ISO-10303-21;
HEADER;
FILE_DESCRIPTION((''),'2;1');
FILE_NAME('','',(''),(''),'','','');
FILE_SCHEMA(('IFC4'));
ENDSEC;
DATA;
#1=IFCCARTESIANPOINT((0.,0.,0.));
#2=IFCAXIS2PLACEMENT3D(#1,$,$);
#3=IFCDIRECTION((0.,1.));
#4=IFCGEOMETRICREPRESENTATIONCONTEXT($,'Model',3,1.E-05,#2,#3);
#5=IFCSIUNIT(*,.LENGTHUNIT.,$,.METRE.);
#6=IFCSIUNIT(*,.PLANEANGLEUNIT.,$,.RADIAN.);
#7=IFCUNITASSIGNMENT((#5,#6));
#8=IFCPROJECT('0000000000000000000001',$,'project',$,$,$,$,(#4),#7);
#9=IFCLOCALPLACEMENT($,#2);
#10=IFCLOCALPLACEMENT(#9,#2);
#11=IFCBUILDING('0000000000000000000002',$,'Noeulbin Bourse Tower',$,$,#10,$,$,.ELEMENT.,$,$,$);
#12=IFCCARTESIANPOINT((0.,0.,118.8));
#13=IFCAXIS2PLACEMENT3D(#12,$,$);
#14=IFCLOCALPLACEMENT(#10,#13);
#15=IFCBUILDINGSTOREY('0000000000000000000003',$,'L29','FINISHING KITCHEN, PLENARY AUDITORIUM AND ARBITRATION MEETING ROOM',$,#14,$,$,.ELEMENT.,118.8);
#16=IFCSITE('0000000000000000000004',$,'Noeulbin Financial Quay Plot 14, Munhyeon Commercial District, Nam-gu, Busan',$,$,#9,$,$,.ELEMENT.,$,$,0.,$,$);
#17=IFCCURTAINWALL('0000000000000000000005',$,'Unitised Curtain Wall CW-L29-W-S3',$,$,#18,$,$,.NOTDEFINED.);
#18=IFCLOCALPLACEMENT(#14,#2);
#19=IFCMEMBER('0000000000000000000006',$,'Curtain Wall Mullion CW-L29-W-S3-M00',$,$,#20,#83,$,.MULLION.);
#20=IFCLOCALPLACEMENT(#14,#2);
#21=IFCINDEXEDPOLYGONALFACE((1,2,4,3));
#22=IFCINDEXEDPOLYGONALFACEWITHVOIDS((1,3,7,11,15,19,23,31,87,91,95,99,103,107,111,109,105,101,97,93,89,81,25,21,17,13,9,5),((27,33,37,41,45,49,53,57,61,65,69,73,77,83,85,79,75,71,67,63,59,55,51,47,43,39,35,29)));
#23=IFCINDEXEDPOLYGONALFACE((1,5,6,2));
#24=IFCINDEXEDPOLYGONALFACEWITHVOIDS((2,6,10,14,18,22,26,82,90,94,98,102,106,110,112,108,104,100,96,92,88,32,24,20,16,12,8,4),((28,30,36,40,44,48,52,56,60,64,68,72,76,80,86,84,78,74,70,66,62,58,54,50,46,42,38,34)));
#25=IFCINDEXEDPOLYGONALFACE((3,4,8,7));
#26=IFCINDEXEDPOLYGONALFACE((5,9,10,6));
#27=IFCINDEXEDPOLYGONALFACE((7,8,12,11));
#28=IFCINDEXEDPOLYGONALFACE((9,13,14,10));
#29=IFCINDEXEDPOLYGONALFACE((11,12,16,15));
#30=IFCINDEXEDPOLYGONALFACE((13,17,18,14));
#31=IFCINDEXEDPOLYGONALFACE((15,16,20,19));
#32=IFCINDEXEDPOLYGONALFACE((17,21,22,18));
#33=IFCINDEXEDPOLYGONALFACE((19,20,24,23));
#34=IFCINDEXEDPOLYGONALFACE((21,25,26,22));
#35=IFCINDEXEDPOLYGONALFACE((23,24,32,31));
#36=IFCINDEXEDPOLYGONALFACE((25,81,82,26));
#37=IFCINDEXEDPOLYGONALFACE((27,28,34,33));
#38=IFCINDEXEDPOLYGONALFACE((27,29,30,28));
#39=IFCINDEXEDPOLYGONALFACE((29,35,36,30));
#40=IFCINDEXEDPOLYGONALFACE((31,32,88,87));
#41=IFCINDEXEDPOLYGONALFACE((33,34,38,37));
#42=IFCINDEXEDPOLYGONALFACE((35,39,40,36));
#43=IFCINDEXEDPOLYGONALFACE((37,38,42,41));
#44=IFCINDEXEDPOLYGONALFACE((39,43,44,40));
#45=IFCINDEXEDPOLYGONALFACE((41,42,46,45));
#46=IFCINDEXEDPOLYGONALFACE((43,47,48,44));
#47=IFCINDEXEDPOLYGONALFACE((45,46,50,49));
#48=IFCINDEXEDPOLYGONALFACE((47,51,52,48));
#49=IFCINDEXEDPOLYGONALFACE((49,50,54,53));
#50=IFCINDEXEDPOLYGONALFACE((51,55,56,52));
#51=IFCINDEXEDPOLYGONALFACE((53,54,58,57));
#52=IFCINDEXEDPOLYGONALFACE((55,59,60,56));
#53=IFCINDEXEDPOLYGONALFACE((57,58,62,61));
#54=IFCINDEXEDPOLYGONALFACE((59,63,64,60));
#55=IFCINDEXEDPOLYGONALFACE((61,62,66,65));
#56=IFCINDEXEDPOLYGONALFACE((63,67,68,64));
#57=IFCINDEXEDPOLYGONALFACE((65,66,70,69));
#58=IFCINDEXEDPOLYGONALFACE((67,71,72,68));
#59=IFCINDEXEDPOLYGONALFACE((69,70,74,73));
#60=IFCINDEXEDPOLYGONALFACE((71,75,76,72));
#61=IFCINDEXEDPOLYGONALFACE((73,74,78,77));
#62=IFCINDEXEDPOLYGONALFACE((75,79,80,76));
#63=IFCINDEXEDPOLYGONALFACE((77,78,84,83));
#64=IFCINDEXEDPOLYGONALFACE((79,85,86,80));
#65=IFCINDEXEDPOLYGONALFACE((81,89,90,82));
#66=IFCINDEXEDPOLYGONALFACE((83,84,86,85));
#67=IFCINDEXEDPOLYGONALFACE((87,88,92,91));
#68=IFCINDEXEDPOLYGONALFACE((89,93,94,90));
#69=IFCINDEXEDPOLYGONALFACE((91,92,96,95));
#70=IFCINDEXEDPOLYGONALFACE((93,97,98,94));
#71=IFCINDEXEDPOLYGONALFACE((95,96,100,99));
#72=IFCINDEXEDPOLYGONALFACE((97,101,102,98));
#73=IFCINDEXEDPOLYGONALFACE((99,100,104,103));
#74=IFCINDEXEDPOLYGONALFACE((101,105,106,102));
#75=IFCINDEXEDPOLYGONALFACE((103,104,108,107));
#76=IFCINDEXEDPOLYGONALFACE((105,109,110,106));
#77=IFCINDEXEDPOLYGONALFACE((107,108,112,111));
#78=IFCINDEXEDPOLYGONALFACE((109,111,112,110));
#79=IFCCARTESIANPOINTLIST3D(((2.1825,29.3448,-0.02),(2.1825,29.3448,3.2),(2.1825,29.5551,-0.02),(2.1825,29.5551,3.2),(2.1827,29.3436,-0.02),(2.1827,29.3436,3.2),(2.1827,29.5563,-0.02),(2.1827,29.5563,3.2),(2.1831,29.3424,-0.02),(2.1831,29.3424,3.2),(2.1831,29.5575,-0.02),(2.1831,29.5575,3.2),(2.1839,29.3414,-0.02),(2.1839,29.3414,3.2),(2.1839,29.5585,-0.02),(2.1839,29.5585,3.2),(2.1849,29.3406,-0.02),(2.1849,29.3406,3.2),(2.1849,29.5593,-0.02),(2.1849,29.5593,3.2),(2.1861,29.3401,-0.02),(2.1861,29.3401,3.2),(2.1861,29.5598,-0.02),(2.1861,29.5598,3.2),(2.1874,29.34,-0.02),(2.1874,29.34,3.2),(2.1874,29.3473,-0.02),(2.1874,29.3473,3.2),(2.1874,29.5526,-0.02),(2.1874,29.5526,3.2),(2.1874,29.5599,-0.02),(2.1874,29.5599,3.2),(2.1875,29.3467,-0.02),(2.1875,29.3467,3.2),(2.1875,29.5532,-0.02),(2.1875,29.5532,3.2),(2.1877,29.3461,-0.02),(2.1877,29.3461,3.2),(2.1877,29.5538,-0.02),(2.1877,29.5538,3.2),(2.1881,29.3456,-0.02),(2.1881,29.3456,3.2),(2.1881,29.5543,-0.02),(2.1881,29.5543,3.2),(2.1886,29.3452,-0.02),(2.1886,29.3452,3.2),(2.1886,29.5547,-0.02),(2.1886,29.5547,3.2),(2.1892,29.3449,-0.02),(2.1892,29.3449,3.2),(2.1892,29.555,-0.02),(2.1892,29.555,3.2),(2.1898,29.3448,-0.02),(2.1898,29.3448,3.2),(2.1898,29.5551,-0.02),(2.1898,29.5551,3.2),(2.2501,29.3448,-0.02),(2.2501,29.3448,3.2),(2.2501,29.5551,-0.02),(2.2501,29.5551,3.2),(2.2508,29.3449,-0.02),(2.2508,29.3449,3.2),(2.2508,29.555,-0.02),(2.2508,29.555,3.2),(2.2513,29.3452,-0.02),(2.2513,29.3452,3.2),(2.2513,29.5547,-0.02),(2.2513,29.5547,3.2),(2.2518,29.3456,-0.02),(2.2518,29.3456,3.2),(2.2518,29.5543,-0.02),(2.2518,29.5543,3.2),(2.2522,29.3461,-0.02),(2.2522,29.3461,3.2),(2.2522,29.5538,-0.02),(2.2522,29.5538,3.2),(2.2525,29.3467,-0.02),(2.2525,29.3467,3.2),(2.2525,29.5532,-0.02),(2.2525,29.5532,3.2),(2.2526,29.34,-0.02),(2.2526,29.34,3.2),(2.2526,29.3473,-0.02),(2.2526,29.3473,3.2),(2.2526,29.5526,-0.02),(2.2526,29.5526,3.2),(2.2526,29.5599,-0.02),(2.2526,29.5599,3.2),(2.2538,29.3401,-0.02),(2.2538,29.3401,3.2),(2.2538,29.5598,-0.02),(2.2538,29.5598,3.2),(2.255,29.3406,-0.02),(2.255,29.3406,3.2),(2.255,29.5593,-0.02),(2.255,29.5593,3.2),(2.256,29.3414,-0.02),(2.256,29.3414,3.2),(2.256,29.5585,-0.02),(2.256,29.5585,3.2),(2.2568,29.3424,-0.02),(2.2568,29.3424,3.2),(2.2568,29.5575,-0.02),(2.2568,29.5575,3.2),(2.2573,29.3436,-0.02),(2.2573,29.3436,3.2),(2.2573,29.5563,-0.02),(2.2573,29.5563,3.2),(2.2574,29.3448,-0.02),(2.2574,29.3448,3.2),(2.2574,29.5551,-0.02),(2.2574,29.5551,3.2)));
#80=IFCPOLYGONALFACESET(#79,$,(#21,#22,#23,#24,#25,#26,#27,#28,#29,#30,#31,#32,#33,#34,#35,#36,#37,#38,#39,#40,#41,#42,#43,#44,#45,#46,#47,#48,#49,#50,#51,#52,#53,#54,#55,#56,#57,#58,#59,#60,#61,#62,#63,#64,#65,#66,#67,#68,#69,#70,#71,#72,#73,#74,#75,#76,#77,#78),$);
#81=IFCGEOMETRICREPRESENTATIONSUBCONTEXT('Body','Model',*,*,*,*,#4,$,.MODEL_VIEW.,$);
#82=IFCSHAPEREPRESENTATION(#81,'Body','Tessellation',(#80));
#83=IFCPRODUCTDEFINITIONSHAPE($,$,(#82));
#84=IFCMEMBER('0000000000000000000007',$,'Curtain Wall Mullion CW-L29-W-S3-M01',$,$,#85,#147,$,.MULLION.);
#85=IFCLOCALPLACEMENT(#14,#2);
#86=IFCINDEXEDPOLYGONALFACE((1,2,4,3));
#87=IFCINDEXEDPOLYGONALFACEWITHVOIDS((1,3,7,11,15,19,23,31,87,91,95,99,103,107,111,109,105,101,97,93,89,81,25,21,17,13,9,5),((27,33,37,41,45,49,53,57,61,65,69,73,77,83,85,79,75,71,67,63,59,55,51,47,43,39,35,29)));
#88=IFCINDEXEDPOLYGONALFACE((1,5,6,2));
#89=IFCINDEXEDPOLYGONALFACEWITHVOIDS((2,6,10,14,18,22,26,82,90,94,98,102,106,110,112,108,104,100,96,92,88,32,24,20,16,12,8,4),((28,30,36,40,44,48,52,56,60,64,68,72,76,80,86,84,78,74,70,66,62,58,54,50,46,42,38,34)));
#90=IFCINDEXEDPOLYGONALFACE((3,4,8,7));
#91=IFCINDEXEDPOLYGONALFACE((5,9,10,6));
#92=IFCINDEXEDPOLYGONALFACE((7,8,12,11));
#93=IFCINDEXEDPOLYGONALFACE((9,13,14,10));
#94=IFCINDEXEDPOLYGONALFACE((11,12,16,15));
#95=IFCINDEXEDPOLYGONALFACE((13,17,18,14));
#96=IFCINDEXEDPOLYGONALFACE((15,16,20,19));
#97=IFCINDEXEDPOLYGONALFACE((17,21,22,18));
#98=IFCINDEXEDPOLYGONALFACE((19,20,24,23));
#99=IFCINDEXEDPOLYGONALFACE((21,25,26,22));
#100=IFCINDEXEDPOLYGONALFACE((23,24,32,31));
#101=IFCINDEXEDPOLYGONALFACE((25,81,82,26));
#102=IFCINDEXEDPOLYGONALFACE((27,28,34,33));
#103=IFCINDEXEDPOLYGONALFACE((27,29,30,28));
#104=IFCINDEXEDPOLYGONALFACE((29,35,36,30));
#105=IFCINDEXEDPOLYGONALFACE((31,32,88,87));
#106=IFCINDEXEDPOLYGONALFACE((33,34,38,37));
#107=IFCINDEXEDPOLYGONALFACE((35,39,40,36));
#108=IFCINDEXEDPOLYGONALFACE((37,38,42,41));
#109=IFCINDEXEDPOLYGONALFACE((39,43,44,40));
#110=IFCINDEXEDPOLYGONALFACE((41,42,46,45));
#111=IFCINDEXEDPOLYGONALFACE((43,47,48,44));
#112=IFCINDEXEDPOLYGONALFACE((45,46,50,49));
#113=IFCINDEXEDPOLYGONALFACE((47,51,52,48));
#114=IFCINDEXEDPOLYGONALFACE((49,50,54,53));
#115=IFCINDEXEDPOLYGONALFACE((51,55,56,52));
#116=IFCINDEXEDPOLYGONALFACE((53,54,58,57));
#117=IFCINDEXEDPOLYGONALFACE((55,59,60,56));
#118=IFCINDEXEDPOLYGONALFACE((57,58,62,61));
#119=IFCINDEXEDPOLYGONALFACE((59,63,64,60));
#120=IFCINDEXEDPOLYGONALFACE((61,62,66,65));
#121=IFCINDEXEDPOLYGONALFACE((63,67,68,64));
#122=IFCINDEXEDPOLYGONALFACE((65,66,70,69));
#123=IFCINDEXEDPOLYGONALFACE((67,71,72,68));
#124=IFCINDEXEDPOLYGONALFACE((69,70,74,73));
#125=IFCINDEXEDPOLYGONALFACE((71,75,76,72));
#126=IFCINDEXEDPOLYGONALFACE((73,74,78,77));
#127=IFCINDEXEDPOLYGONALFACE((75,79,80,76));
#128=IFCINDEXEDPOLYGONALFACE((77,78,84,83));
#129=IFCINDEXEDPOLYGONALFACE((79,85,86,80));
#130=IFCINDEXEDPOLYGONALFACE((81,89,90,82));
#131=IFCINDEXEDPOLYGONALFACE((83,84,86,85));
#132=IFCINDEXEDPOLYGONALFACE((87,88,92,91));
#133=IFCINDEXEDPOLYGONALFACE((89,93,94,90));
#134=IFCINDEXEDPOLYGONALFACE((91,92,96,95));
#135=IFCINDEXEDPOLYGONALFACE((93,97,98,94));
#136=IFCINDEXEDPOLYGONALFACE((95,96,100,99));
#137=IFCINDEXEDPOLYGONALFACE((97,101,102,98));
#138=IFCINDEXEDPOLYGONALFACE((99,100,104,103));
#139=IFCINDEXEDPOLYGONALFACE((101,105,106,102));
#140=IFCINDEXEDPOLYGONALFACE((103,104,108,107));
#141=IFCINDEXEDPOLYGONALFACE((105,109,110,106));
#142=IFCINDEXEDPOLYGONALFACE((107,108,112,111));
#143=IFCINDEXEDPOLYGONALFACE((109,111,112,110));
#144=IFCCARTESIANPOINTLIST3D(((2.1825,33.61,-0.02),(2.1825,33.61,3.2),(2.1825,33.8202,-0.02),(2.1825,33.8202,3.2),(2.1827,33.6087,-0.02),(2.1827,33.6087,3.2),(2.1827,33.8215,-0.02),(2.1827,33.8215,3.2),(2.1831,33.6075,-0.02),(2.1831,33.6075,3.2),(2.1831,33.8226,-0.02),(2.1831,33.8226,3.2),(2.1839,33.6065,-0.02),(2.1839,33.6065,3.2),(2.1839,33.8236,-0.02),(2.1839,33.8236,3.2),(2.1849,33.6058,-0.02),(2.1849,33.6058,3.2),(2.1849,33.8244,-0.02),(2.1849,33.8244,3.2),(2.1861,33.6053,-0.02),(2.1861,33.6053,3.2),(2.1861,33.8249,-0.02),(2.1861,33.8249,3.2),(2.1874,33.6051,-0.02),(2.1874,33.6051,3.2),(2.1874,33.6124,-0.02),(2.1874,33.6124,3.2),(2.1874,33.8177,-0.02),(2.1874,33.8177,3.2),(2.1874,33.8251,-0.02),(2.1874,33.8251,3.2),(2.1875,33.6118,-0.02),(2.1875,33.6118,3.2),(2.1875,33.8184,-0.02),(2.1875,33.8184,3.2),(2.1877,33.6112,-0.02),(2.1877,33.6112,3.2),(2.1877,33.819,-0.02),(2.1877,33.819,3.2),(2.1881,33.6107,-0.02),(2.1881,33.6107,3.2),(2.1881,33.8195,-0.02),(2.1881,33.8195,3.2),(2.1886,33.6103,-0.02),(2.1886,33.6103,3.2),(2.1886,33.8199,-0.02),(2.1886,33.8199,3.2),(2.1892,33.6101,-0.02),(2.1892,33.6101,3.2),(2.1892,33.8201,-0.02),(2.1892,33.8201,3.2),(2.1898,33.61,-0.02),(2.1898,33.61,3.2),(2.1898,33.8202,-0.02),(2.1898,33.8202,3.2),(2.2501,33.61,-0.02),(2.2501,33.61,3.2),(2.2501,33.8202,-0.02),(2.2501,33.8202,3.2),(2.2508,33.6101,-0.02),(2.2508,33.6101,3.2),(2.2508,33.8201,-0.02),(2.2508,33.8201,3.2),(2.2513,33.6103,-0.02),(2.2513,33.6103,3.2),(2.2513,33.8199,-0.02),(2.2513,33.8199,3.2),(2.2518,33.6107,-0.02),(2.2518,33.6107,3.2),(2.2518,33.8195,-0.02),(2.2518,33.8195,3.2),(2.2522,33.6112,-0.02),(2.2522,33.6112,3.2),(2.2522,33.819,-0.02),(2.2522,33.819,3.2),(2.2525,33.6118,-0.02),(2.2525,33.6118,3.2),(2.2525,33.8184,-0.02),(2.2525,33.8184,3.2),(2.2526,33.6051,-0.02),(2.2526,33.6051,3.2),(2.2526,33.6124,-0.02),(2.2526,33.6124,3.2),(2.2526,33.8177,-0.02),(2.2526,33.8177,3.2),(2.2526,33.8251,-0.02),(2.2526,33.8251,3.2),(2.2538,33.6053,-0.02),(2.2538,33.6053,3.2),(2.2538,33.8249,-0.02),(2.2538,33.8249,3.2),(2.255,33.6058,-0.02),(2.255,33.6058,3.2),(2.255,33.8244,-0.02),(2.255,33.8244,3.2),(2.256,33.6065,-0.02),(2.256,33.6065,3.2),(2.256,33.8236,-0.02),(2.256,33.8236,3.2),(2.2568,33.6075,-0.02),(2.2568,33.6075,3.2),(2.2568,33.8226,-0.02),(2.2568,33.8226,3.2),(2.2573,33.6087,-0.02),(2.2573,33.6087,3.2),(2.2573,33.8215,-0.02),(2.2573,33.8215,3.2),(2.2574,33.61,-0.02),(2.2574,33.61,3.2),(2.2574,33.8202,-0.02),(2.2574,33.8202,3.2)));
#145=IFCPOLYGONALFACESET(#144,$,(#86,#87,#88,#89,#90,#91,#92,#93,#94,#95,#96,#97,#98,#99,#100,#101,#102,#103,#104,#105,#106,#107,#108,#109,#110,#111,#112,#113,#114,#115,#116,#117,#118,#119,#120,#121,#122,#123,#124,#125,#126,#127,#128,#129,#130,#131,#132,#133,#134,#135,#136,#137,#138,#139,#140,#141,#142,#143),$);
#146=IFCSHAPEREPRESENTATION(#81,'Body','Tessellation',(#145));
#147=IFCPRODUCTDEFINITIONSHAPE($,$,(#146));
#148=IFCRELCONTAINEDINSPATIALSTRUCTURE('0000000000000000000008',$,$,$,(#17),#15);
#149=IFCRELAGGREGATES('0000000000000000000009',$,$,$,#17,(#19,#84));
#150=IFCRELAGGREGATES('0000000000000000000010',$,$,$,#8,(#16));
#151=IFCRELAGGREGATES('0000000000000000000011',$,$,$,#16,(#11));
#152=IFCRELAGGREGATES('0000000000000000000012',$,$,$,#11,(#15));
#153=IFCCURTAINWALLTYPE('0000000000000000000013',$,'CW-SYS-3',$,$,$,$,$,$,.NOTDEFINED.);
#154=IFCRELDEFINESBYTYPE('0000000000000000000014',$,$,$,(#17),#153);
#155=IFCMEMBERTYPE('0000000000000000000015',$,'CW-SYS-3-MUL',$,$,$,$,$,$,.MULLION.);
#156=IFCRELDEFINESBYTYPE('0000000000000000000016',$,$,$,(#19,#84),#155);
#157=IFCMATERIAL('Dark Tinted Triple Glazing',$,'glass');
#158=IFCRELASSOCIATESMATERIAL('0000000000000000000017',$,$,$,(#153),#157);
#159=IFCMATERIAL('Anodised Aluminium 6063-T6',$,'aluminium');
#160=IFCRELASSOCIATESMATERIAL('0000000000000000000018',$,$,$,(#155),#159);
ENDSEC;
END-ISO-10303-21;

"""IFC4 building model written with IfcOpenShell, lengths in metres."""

from ifc_helpers import new_model, si_unit, direction, frame, origin, origin_2d, place, context, subcontext, project, spatial, hollow_rectangle, extrude, material, material_profile, profile_set, type_object, element, aggregate, save


model = new_model("IFC4")

# Units and contexts
model_context = context("Model", 3, precision=1e-05, world=origin(), true_north=direction((0.0, 1.0)))
body_context = subcontext(model_context, "Body", "Model", "MODEL_VIEW")
ifc_project = project(units=[si_unit("LENGTHUNIT", "METRE"), si_unit("PLANEANGLEUNIT", "RADIAN")], contexts=[model_context])

# Site, building, storey
site_placement = place(None, origin())
site = spatial("IfcSite", under=ifc_project, at=site_placement, Name="Noeulbin Financial Quay Plot 14, Munhyeon Commercial District, Nam-gu, Busan", CompositionType="ELEMENT", RefElevation=0.0)
building_placement = place(site_placement, origin())
building = spatial("IfcBuilding", under=site, at=building_placement, Name="Noeulbin Bourse Tower", CompositionType="ELEMENT")
storey_placement = place(building_placement, frame((0.0, 0.0, 118.8)))
storey = spatial("IfcBuildingStorey", under=building, at=storey_placement, Name="L29", Description="FINISHING KITCHEN, PLENARY AUDITORIUM AND ARBITRATION MEETING ROOM", CompositionType="ELEMENT", Elevation=118.8)

# Curtain wall, members
ifc_material_1 = material(Name="Dark Tinted Triple Glazing", Category="glass")
curtain_wall_type = type_object("IfcCurtainWallType", Name="CW-SYS-3", PredefinedType="NOTDEFINED", material=ifc_material_1)
ifc_material_2 = material(Name="Anodised Aluminium 6063-T6", Category="aluminium")
ifc_material_profile_1 = material_profile(ifc_material_2, hollow_rectangle(XDim=0.075, YDim=0.22, WallThickness=0.0049, InnerFilletRadius=0.0024, OuterFilletRadius=0.0049, at=origin_2d()), Name="ALU-MULL-75x220x5", Category="LoadBearing")
ifc_profile_set_1 = profile_set([ifc_material_profile_1], Name="Anodised Aluminium 6063-T6")
member_type_1 = type_object("IfcMemberType", Name="CW-SYS-3-MUL", PredefinedType="MULLION", material=ifc_profile_set_1)
curtain_wall_1_placement = place(storey_placement, origin())
curtain_wall_1 = element("IfcCurtainWall", 1, at=curtain_wall_1_placement, inside=storey, type_object=curtain_wall_type, Name="Unitised Curtain Wall CW-L29-W-S3", PredefinedType="NOTDEFINED")
member_1_placement = place(storey_placement, frame((2.22, 29.45, -0.02), z_axis=(0.0, 0.0, 1.0), x_axis=(1.0, 0.0, 0.0)))
member_1 = element("IfcMember", 2, at=member_1_placement, type_object=member_type_1, Name="Curtain Wall Mullion CW-L29-W-S3-M00", PredefinedType="MULLION", context=body_context, shape_type="SweptSolid", body=[
    extrude(hollow_rectangle(XDim=0.075, YDim=0.22, WallThickness=0.0049, InnerFilletRadius=0.0024, OuterFilletRadius=0.0049, at=origin_2d()), origin(), (0.0, 0.0, 1.0), 3.22),
])
member_2_placement = place(storey_placement, frame((2.22, 33.7151, -0.02), z_axis=(0.0, 0.0, 1.0), x_axis=(1.0, 0.0, 0.0)))
member_2 = element("IfcMember", 3, at=member_2_placement, type_object=member_type_1, Name="Curtain Wall Mullion CW-L29-W-S3-M01", PredefinedType="MULLION", context=body_context, shape_type="SweptSolid", body=[
    extrude(hollow_rectangle(XDim=0.075, YDim=0.22, WallThickness=0.0049, InnerFilletRadius=0.0024, OuterFilletRadius=0.0049, at=origin_2d()), origin(), (0.0, 0.0, 1.0), 3.22),
])

aggregate(curtain_wall_1, [member_1, member_2])

save(model, "model.ifc")
